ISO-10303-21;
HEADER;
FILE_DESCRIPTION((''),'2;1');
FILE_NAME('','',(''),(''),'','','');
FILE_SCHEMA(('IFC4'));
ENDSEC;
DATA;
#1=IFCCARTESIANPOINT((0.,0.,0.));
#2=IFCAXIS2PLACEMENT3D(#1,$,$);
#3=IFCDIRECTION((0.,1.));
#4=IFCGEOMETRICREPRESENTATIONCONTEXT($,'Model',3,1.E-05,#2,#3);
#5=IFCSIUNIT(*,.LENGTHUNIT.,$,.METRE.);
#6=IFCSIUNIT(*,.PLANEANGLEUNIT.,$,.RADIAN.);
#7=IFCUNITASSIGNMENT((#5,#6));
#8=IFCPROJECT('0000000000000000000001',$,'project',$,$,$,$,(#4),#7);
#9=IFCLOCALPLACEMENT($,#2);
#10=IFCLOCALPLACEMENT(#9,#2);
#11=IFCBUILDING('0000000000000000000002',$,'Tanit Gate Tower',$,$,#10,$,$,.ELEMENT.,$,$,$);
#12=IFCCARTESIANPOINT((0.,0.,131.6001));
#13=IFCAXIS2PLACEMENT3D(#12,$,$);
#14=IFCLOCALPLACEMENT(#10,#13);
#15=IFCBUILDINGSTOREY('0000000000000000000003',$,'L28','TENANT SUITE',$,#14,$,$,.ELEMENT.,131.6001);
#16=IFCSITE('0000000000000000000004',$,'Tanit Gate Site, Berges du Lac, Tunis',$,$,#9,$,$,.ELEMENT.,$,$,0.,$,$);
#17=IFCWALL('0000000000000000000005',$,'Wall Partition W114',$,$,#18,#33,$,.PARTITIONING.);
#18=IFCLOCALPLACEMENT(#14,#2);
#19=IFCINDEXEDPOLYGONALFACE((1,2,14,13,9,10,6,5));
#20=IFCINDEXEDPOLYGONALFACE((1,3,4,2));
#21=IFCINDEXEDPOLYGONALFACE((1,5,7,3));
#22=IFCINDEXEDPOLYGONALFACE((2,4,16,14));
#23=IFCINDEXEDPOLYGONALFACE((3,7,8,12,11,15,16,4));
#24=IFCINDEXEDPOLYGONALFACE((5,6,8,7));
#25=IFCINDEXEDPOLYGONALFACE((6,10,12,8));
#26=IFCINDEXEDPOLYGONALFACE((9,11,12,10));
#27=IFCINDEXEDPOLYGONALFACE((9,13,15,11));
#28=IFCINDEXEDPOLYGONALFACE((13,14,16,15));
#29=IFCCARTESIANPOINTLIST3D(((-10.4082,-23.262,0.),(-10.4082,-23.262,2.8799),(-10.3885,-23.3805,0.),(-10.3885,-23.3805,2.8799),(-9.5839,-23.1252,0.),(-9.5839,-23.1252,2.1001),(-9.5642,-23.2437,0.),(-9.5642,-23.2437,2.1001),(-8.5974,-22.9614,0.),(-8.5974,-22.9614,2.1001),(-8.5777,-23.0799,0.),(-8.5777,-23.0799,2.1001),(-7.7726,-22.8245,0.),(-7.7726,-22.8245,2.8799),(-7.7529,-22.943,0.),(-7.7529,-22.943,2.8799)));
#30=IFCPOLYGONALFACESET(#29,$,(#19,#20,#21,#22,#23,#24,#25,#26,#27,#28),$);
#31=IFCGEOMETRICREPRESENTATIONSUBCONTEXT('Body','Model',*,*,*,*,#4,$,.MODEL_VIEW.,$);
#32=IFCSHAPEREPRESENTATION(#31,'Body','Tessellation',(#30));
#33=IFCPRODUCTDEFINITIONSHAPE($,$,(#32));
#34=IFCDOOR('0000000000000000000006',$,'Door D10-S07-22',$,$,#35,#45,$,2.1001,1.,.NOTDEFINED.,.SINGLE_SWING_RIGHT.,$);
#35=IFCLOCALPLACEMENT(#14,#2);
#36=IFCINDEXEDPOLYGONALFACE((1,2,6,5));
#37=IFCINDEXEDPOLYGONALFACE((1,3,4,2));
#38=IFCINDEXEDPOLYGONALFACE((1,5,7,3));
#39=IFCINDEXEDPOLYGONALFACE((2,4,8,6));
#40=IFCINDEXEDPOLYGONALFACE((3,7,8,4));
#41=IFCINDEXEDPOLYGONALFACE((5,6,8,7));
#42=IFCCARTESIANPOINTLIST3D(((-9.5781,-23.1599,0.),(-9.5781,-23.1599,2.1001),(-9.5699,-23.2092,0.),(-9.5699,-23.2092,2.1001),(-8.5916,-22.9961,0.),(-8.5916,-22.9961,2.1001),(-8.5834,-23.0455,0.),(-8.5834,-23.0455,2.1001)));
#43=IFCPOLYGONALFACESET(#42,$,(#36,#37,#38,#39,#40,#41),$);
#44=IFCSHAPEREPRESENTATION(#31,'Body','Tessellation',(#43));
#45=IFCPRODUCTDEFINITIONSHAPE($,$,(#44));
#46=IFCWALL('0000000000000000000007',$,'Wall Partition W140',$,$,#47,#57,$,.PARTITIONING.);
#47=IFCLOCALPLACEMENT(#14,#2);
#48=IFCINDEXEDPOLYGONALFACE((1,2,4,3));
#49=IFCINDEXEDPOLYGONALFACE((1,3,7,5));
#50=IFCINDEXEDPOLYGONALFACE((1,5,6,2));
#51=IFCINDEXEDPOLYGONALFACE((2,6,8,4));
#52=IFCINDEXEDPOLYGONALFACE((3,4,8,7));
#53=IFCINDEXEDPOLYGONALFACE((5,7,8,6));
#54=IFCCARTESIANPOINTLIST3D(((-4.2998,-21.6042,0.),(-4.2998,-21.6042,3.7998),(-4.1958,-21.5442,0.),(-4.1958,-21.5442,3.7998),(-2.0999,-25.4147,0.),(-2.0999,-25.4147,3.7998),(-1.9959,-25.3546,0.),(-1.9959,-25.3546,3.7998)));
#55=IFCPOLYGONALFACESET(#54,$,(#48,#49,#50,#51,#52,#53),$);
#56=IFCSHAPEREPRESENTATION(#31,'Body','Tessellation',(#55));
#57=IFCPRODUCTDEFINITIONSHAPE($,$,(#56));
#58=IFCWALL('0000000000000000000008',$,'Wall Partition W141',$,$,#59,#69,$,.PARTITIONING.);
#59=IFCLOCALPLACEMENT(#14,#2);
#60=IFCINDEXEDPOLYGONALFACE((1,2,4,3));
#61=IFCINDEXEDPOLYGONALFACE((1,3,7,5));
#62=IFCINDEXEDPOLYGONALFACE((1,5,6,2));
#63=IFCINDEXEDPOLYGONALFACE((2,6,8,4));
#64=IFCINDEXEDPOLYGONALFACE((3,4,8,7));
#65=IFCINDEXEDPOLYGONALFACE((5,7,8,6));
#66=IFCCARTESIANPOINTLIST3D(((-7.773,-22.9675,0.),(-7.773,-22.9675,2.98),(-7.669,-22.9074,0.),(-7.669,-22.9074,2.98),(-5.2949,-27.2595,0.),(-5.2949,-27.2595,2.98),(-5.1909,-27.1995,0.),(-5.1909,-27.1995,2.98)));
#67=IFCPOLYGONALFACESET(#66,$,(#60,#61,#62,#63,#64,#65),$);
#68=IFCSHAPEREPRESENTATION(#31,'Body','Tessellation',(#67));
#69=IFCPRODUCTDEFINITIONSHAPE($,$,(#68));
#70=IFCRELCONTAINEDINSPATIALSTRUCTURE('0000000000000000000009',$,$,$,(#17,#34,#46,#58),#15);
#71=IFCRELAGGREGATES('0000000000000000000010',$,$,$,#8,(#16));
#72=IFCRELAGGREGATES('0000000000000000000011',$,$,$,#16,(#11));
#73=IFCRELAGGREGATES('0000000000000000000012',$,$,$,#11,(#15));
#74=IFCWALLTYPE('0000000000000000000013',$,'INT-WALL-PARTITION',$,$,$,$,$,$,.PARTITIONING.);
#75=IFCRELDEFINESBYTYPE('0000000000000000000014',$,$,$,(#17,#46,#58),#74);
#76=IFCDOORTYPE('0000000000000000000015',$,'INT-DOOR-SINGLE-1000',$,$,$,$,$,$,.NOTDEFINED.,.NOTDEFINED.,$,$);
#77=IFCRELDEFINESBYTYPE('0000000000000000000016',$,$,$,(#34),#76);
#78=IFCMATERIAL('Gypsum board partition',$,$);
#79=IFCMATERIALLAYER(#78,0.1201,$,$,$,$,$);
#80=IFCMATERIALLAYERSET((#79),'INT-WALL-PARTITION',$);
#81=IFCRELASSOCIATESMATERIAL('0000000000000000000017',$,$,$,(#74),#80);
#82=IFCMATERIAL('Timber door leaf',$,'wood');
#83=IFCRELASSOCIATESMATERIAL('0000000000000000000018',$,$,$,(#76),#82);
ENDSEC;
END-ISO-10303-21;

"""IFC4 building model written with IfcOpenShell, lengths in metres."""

from ifc_helpers import new_model, si_unit, direction, frame, frame_2d, origin, place, context, subcontext, project, spatial, rectangle, extrude, material, layer, layer_set, type_object, element, fill, save


model = new_model("IFC4")

# Units and contexts
model_context = context("Model", 3, precision=1e-05, world=origin(), true_north=direction((0.0, 1.0)))
body_context = subcontext(model_context, "Body", "Model", "MODEL_VIEW")
ifc_project = project(units=[si_unit("LENGTHUNIT", "METRE"), si_unit("PLANEANGLEUNIT", "RADIAN")], contexts=[model_context])

# Site, building, storey
site_placement = place(None, origin())
site = spatial("IfcSite", under=ifc_project, at=site_placement, Name="Tanit Gate Site, Berges du Lac, Tunis", CompositionType="ELEMENT", RefElevation=0.0)
building_placement = place(site_placement, origin())
building = spatial("IfcBuilding", under=site, at=building_placement, Name="Tanit Gate Tower", CompositionType="ELEMENT")
storey_placement = place(building_placement, frame((0.0, 0.0, 131.6001)))
storey = spatial("IfcBuildingStorey", under=building, at=storey_placement, Name="L28", Description="TENANT SUITE", CompositionType="ELEMENT", Elevation=131.6001)

# Shared definitions
ifc_material_1 = material(Name="Gypsum board partition")
ifc_layer_1 = layer(ifc_material_1, 0.1201)
ifc_layer_set_1 = layer_set([ifc_layer_1], Name="INT-WALL-PARTITION")
wall_type_1 = type_object("IfcWallType", Name="INT-WALL-PARTITION", PredefinedType="PARTITIONING", material=ifc_layer_set_1)
ifc_material_2 = material(Name="Timber door leaf", Category="wood")
door_type = type_object("IfcDoorType", Name="INT-DOOR-SINGLE-1000", OperationType="NOTDEFINED", PredefinedType="NOTDEFINED", material=ifc_material_2)

# Wall, opening, door
wall_1_placement = place(storey_placement, frame((-10.3984, -23.3213, 0.0), z_axis=(0.0, 0.0, 1.0), x_axis=(0.9865, 0.163762, 0.0)))
wall_1 = element("IfcWall", 1, at=wall_1_placement, inside=storey, type_object=wall_type_1, Name="Wall Partition W114", PredefinedType="PARTITIONING", context=body_context, shape_type="SweptSolid", body=[
    extrude(rectangle(XDim=2.6716, YDim=0.1201, at=frame_2d((1.3359, 0.0))), origin(), (0.0, 0.0, 1.0), 2.8799),
])
opening_1_placement = place(wall_1_placement, frame((0.8357, 0.0, 0.0)))
opening_1 = element("IfcOpeningElement", 2, at=opening_1_placement, cuts=wall_1, PredefinedType="OPENING", context=body_context, shape_type="SweptSolid", body=[
    extrude(rectangle(XDim=1.0, YDim=2.1001, at=frame_2d((0.5, 1.05))), frame((0.0, 0.0701, 0.0), z_axis=(0.0, -1.0, 0.0), x_axis=(1.0, 0.0, 0.0)), (0.0, 0.0, 1.0), 0.1401),
])
door_1_placement = place(opening_1_placement, origin())
door_1 = element("IfcDoor", 3, at=door_1_placement, inside=storey, type_object=door_type, Name="Door D10-S07-22", OperationType="SINGLE_SWING_RIGHT", OverallHeight=2.1001, OverallWidth=1.0, PredefinedType="NOTDEFINED", context=body_context, shape_type="SweptSolid", body=[
    extrude(rectangle(XDim=1.0, YDim=2.1001, at=frame_2d((0.5, 1.05))), frame((0.0, 0.0249, 0.0), z_axis=(0.0, -1.0, 0.0), x_axis=(1.0, 0.0, 0.0)), (0.0, 0.0, 1.0), 0.05),
])
fill(opening_1, door_1)

# Walls
wall_2_placement = place(storey_placement, frame((-4.2478, -21.5742, 0.0), z_axis=(0.0, 0.0, 1.0), x_axis=(0.499988, -0.866032, 0.0)))
element("IfcWall", 4, at=wall_2_placement, inside=storey, type_object=wall_type_1, Name="Wall Partition W140", PredefinedType="PARTITIONING", context=body_context, shape_type="SweptSolid", body=[
    extrude(rectangle(XDim=4.3999, YDim=0.1201, at=frame_2d((2.2, 0.0))), origin(), (0.0, 0.0, 1.0), 3.7998),
])
wall_3_placement = place(storey_placement, frame((-5.2429, -27.2295, 0.0), z_axis=(0.0, 0.0, 1.0), x_axis=(-0.500007, 0.866022, 0.0)))
element("IfcWall", 5, at=wall_3_placement, inside=storey, type_object=wall_type_1, Name="Wall Partition W141", PredefinedType="PARTITIONING", context=body_context, shape_type="SweptSolid", body=[
    extrude(rectangle(XDim=4.9561, YDim=0.1201, at=frame_2d((2.478, 0.0))), origin(), (0.0, 0.0, 1.0), 2.98),
])

save(model, "model.ifc")
